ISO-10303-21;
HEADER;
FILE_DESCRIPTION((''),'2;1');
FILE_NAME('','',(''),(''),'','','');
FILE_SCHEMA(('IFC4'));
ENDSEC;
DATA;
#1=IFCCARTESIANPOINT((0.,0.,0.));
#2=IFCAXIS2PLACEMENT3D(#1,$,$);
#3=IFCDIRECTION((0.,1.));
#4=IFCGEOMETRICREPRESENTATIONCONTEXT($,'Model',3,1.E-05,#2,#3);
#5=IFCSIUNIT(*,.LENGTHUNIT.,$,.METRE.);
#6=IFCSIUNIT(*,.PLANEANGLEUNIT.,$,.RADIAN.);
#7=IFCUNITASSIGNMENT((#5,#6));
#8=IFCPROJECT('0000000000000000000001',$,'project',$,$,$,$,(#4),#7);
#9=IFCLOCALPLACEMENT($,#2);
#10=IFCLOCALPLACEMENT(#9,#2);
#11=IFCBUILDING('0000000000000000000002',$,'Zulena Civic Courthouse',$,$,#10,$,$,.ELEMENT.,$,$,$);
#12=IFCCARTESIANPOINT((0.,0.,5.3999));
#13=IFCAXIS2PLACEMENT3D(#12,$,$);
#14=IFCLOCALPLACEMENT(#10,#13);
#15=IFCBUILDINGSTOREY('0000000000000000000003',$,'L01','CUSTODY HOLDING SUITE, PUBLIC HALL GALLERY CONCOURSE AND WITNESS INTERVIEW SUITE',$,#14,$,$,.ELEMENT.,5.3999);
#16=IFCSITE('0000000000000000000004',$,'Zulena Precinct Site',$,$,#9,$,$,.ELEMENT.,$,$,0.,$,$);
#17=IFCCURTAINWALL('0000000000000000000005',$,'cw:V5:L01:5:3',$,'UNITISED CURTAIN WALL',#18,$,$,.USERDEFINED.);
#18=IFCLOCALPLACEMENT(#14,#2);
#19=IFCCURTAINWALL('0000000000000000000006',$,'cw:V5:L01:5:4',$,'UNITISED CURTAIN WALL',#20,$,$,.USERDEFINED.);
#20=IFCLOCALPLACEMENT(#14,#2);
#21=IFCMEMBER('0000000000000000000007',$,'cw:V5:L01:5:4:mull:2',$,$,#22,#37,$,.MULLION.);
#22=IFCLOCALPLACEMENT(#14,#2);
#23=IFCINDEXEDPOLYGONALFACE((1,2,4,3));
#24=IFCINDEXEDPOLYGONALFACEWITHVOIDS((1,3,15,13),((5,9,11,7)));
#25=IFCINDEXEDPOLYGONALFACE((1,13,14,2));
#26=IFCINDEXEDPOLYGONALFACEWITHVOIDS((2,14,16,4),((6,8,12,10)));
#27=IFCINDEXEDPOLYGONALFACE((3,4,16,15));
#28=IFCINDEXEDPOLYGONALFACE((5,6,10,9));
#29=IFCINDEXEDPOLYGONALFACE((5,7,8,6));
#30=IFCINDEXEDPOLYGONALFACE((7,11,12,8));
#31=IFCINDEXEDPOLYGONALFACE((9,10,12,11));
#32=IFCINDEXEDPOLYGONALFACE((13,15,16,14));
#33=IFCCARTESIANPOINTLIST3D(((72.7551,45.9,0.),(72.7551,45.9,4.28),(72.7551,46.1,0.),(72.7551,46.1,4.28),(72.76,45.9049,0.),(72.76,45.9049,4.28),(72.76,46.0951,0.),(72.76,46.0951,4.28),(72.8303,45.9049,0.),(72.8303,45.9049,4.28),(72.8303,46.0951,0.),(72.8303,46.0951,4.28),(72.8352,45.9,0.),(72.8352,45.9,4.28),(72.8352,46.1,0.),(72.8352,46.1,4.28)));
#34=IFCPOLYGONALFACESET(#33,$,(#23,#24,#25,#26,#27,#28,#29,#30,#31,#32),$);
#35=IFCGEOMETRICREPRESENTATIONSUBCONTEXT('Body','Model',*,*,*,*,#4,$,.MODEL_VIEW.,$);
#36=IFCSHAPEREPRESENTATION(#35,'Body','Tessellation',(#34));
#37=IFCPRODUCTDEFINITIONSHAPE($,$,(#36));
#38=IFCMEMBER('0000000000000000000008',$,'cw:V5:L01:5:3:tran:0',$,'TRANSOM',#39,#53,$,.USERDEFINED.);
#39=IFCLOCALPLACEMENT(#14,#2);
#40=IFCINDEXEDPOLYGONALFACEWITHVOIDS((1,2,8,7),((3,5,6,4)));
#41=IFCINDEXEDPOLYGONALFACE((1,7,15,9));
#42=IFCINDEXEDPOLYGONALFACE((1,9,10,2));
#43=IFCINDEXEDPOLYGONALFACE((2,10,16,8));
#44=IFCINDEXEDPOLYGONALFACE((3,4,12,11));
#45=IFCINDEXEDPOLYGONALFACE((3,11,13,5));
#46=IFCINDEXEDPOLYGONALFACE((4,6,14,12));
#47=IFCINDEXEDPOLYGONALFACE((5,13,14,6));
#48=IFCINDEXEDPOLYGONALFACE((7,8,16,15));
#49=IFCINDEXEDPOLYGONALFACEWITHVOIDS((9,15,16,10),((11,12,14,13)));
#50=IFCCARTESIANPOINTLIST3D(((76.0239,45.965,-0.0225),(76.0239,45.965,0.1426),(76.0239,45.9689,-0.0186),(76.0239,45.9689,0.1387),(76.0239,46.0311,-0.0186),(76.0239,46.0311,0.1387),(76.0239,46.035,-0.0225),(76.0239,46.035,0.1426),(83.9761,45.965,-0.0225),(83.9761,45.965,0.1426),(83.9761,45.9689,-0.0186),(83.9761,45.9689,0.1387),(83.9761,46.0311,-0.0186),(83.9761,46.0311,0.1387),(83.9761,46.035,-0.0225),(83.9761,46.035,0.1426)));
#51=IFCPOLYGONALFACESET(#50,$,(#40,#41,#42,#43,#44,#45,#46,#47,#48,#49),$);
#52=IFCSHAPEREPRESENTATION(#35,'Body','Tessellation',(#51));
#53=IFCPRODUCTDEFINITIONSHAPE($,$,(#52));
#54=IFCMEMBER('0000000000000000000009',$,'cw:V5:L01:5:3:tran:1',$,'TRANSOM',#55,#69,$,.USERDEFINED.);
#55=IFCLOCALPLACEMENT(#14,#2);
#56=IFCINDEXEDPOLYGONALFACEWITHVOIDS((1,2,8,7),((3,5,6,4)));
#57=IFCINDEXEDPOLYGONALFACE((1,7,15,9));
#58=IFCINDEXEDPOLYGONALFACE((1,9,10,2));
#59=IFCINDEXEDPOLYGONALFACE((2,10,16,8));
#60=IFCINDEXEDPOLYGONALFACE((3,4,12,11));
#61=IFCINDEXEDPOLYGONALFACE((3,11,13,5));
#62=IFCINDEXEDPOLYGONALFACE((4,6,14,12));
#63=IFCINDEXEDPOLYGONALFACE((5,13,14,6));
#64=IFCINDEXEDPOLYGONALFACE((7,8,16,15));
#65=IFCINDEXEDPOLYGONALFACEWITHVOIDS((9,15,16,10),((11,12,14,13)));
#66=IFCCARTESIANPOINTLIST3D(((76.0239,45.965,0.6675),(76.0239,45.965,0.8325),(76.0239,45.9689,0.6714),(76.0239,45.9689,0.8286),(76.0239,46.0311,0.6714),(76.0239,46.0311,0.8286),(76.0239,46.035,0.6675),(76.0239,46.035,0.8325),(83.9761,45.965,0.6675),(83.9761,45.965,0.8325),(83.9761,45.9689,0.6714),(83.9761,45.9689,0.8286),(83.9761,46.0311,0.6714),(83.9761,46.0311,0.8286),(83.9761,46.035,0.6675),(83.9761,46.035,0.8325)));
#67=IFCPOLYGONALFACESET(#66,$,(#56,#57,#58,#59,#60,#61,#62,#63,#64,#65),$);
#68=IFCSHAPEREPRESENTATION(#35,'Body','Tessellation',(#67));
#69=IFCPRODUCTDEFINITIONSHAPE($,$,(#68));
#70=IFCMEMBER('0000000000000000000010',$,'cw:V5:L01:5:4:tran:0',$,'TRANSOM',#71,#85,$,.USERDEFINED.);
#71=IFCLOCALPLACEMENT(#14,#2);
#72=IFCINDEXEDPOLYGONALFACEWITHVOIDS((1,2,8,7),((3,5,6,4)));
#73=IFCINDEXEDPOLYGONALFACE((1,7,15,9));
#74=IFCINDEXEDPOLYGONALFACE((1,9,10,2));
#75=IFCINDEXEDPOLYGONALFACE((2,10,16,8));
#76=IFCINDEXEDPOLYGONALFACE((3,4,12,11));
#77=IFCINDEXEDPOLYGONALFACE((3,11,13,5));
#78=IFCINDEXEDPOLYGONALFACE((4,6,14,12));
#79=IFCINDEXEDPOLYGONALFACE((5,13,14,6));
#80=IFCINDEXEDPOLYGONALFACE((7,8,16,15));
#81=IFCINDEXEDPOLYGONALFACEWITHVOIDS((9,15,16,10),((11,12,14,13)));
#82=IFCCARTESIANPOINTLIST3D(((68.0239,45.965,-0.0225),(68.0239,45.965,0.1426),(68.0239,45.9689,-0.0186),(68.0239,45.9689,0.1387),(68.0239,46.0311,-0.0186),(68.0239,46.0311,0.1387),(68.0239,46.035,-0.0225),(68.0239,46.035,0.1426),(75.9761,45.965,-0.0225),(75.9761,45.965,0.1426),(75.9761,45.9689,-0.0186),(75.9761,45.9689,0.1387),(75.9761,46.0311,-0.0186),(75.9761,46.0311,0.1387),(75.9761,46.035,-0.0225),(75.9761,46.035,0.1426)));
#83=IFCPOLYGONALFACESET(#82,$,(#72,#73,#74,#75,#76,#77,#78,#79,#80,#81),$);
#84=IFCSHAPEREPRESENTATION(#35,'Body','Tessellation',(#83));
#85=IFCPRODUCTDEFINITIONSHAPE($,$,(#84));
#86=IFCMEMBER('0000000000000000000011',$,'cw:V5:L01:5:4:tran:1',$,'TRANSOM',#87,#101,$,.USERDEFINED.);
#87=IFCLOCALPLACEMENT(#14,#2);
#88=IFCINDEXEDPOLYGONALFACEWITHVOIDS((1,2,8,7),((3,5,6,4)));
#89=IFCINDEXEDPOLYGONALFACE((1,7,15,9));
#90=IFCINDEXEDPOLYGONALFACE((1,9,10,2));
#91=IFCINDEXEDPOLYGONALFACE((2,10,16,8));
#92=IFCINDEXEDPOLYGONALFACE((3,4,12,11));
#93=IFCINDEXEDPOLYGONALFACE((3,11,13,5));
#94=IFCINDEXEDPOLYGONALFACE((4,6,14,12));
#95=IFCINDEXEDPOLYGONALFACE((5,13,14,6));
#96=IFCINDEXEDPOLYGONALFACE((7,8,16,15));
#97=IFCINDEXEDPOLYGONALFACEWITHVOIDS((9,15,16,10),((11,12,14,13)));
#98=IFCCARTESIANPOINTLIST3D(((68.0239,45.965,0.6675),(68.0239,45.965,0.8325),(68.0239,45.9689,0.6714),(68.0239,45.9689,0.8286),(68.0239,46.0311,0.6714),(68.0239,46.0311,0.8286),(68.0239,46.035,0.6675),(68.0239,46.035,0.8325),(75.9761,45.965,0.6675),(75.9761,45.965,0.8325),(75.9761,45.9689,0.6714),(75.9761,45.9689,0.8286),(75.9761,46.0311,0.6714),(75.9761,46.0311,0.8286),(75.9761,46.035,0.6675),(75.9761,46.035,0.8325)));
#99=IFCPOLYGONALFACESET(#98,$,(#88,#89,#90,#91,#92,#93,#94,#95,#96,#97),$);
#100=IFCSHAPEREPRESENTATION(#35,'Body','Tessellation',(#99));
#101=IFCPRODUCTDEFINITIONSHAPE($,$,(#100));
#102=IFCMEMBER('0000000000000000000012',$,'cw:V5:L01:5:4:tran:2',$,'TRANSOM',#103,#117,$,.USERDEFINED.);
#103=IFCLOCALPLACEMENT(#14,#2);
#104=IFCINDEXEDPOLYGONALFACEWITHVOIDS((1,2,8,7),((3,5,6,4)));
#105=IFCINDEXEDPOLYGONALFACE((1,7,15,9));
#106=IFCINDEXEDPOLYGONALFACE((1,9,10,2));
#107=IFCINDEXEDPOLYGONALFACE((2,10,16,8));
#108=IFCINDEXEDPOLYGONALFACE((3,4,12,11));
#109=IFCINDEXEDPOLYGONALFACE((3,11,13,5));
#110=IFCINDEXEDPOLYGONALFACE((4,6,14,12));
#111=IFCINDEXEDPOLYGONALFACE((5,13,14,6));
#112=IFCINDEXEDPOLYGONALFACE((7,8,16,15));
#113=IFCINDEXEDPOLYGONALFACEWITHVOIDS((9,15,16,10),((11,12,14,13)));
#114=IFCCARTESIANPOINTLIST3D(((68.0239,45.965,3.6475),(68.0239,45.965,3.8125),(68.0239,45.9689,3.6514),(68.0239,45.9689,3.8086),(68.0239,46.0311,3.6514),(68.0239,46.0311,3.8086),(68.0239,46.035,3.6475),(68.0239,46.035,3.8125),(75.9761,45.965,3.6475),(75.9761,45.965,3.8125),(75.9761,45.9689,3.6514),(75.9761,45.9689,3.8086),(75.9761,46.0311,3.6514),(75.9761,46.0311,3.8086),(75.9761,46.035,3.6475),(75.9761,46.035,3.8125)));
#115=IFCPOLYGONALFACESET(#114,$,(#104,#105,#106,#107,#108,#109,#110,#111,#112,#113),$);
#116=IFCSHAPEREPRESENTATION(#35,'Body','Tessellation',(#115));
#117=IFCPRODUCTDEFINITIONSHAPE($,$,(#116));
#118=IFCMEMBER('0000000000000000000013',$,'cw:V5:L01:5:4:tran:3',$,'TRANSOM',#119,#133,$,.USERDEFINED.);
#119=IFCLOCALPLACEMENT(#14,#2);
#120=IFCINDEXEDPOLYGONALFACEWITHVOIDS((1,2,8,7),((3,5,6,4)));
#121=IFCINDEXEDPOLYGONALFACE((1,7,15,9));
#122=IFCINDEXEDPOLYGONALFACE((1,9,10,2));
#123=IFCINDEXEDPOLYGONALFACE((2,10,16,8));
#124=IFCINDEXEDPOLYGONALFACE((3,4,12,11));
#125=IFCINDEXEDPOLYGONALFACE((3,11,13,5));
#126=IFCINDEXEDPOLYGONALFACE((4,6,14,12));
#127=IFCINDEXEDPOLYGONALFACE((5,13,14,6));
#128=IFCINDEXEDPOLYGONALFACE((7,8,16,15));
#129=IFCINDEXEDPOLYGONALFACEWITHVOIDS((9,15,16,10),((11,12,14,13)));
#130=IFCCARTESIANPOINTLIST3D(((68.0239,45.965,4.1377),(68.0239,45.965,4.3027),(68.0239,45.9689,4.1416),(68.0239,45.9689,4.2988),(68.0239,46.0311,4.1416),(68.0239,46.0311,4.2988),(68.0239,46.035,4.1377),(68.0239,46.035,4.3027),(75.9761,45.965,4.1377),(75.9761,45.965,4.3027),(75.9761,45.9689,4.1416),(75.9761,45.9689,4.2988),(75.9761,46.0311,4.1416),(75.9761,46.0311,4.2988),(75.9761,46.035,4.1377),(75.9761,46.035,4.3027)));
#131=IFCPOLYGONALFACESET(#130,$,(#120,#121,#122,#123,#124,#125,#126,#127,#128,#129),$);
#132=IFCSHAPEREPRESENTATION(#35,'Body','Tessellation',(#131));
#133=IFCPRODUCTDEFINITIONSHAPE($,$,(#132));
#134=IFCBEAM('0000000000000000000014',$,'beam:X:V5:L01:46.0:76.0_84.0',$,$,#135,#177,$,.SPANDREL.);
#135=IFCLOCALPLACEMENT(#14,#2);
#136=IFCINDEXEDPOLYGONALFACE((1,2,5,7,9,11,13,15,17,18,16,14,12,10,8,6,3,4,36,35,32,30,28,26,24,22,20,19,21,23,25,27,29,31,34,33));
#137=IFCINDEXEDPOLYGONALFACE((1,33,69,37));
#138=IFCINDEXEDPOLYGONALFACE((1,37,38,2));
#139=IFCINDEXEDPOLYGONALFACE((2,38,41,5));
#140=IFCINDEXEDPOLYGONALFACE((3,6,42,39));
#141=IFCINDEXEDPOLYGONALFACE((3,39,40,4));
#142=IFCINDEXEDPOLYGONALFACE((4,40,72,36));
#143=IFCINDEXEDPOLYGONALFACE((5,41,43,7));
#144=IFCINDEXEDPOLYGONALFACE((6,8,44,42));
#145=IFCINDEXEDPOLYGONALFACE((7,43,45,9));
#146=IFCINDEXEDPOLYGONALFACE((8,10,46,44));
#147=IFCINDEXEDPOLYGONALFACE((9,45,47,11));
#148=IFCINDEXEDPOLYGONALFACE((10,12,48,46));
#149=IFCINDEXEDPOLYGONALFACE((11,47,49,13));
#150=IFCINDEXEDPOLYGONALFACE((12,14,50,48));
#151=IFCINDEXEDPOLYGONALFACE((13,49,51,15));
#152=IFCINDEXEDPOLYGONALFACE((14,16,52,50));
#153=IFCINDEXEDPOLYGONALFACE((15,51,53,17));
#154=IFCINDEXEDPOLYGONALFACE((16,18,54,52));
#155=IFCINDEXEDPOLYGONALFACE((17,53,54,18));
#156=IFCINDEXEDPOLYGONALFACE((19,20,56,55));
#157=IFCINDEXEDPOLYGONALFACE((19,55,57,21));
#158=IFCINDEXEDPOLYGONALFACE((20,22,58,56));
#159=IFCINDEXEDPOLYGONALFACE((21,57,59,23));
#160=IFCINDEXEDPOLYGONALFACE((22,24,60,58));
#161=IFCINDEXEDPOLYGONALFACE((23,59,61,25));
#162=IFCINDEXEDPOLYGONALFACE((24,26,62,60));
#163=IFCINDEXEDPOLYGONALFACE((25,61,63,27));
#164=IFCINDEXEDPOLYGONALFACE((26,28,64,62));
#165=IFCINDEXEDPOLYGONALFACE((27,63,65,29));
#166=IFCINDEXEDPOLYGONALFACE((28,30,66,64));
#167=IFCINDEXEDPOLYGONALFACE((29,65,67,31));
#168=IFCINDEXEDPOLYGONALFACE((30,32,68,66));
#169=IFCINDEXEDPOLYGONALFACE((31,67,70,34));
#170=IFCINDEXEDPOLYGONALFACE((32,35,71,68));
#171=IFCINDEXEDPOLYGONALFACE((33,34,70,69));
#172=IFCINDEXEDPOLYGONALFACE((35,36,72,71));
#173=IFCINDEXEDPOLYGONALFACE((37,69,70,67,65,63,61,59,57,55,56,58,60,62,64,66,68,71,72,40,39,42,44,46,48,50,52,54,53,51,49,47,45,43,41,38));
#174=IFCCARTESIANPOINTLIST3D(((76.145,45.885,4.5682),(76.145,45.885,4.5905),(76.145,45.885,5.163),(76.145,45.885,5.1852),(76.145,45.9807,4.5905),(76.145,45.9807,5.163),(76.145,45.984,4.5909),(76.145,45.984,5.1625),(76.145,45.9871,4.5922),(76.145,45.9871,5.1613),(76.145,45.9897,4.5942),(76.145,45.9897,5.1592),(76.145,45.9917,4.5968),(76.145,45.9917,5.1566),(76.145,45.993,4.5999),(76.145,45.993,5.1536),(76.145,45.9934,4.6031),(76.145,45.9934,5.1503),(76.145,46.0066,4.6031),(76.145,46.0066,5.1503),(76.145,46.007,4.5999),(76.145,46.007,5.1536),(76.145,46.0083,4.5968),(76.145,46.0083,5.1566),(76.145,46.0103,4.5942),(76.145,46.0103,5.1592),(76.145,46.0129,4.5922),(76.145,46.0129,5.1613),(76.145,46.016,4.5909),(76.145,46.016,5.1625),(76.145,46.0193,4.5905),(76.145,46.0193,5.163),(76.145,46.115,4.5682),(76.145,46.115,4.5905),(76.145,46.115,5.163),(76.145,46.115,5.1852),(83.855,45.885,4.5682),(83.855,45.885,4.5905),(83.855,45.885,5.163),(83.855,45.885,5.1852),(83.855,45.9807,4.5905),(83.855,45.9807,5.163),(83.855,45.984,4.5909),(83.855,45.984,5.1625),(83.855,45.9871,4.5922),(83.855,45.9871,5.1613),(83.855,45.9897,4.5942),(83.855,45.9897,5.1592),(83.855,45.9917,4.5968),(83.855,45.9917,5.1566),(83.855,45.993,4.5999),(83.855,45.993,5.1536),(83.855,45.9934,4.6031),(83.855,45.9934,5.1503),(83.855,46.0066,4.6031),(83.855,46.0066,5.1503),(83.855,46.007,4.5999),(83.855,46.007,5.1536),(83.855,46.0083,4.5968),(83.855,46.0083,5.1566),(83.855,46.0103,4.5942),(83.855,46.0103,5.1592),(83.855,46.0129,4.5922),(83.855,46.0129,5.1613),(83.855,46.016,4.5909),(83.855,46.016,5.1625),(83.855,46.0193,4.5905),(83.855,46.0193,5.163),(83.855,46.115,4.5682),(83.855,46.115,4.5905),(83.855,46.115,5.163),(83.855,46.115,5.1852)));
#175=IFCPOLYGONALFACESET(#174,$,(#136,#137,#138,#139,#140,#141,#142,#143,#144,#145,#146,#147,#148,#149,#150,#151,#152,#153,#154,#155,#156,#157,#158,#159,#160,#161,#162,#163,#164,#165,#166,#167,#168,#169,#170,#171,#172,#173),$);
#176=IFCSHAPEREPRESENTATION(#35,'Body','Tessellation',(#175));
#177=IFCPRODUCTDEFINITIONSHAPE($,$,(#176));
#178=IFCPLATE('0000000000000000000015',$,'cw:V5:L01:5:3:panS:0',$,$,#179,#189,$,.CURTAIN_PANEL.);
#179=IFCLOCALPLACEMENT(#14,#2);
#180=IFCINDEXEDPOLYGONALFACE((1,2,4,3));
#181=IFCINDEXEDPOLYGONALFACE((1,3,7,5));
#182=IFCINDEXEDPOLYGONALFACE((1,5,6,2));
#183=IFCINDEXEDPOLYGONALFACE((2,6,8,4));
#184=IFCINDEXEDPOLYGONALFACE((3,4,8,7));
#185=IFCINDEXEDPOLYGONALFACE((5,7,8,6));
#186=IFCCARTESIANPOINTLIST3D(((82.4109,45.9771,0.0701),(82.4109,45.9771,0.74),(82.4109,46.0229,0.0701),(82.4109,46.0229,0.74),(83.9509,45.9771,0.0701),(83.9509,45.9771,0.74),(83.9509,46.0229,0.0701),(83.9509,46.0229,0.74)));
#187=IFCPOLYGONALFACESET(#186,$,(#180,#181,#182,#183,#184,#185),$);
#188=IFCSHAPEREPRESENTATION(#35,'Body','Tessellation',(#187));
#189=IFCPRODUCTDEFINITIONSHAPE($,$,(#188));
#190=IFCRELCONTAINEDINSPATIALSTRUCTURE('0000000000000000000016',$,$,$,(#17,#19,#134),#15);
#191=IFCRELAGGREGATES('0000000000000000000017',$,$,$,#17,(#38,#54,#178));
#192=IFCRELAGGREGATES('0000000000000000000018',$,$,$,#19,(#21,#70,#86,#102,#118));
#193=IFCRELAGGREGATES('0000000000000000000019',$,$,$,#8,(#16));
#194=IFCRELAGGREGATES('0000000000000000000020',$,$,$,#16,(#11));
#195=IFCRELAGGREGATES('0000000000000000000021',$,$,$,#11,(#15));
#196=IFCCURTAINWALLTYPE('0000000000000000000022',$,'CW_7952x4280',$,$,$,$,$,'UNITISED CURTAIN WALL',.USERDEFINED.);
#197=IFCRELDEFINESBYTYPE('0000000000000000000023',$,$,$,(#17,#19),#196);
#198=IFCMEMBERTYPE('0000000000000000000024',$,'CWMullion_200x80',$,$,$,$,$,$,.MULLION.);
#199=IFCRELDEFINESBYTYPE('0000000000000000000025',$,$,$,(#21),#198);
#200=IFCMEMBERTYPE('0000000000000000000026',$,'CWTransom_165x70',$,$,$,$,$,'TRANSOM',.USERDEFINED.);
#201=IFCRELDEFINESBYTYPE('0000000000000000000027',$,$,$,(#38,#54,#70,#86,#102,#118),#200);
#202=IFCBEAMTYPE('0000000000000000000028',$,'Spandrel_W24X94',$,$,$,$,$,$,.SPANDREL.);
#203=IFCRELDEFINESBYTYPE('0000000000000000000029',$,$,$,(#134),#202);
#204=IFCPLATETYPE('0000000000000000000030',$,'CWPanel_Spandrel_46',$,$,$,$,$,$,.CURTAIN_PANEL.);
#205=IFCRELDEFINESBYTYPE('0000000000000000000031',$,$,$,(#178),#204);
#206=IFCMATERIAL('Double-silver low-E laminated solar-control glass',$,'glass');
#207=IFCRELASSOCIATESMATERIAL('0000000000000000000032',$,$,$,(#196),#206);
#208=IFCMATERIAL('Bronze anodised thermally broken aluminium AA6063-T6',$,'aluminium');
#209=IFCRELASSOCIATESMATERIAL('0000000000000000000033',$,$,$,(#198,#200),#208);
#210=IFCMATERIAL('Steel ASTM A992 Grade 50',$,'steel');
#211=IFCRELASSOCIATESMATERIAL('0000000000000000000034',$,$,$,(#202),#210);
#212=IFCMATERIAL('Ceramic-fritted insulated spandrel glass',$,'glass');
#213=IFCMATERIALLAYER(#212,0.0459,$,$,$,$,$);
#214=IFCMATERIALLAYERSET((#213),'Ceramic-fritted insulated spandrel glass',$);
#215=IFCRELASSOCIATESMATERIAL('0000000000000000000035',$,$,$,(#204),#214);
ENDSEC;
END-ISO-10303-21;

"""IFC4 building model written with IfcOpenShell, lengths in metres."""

from ifc_helpers import new_model, si_unit, direction, frame, origin, origin_2d, place, context, subcontext, project, spatial, rectangle, hollow_rectangle, i_section, extrude, material, layer, layer_set, material_profile, profile_set, type_object, element, aggregate, save


model = new_model("IFC4")

# Units and contexts
model_context = context("Model", 3, precision=1e-05, world=origin(), true_north=direction((0.0, 1.0)))
body_context = subcontext(model_context, "Body", "Model", "MODEL_VIEW")
ifc_project = project(units=[si_unit("LENGTHUNIT", "METRE"), si_unit("PLANEANGLEUNIT", "RADIAN")], contexts=[model_context])

# Site, building, storey
site_placement = place(None, origin())
site = spatial("IfcSite", under=ifc_project, at=site_placement, Name="Zulena Precinct Site", CompositionType="ELEMENT", RefElevation=0.0)
building_placement = place(site_placement, origin())
building = spatial("IfcBuilding", under=site, at=building_placement, Name="Zulena Civic Courthouse", CompositionType="ELEMENT")
storey_placement = place(building_placement, frame((0.0, 0.0, 5.3999)))
storey = spatial("IfcBuildingStorey", under=building, at=storey_placement, Name="L01", Description="CUSTODY HOLDING SUITE, PUBLIC HALL GALLERY CONCOURSE AND WITNESS INTERVIEW SUITE", CompositionType="ELEMENT", Elevation=5.3999)

# Shared definitions
ifc_material_1 = material(Name="Steel ASTM A992 Grade 50", Category="steel")

# Curtain walls, member
ifc_material_2 = material(Name="Double-silver low-E laminated solar-control glass", Category="glass")
curtain_wall_type = type_object("IfcCurtainWallType", Name="CW_7952x4280", ElementType="UNITISED CURTAIN WALL", PredefinedType="USERDEFINED", material=ifc_material_2)
curtain_wall_1_placement = place(storey_placement, origin())
curtain_wall_1 = element("IfcCurtainWall", 1, at=curtain_wall_1_placement, inside=storey, type_object=curtain_wall_type, Name="cw:V5:L01:5:3", ObjectType="UNITISED CURTAIN WALL", PredefinedType="USERDEFINED")
ifc_material_3 = material(Name="Bronze anodised thermally broken aluminium AA6063-T6", Category="aluminium")
ifc_material_profile_1 = material_profile(ifc_material_3, hollow_rectangle(XDim=0.0801, YDim=0.2, WallThickness=0.0049, at=origin_2d()), Name="CWM200X80X5")
ifc_profile_set_1 = profile_set([ifc_material_profile_1], Name="Bronze anodised thermally broken aluminium AA6063-T6")
member_type_1 = type_object("IfcMemberType", Name="CWMullion_200x80", PredefinedType="MULLION", material=ifc_profile_set_1)
curtain_wall_2_placement = place(storey_placement, origin())
curtain_wall_2 = element("IfcCurtainWall", 2, at=curtain_wall_2_placement, inside=storey, type_object=curtain_wall_type, Name="cw:V5:L01:5:4", ObjectType="UNITISED CURTAIN WALL", PredefinedType="USERDEFINED")
member_1_placement = place(storey_placement, frame((72.7952, 46.0, 0.0), z_axis=(0.0, 0.0, 1.0), x_axis=(1.0, 0.0, 0.0)))
member_1 = element("IfcMember", 3, at=member_1_placement, type_object=member_type_1, Name="cw:V5:L01:5:4:mull:2", PredefinedType="MULLION", context=body_context, shape_type="SweptSolid", body=[
    extrude(hollow_rectangle(XDim=0.0801, YDim=0.2, WallThickness=0.0049, at=origin_2d()), origin(), (0.0, 0.0, 1.0), 4.28),
])

# Members
ifc_material_profile_2 = material_profile(ifc_material_3, hollow_rectangle(XDim=0.0701, YDim=0.165, WallThickness=0.0039, at=origin_2d()), Name="CWT165X70X4")
ifc_profile_set_2 = profile_set([ifc_material_profile_2], Name="Bronze anodised thermally broken aluminium AA6063-T6")
member_type_2 = type_object("IfcMemberType", Name="CWTransom_165x70", ElementType="TRANSOM", PredefinedType="USERDEFINED", material=ifc_profile_set_2)
member_2_placement = place(storey_placement, frame((83.9761, 46.0, 0.0601), z_axis=(-1.0, 0.0, 0.0), x_axis=(0.0, -1.0, 0.0)))
member_2 = element("IfcMember", 4, at=member_2_placement, type_object=member_type_2, Name="cw:V5:L01:5:3:tran:0", ObjectType="TRANSOM", PredefinedType="USERDEFINED", context=body_context, shape_type="SweptSolid", body=[
    extrude(hollow_rectangle(XDim=0.0701, YDim=0.165, WallThickness=0.0039, at=origin_2d()), origin(), (0.0, 0.0, 1.0), 7.9521),
])
member_3_placement = place(storey_placement, frame((83.9761, 46.0, 0.75), z_axis=(-1.0, 0.0, 0.0), x_axis=(0.0, -1.0, 0.0)))
member_3 = element("IfcMember", 5, at=member_3_placement, type_object=member_type_2, Name="cw:V5:L01:5:3:tran:1", ObjectType="TRANSOM", PredefinedType="USERDEFINED", context=body_context, shape_type="SweptSolid", body=[
    extrude(hollow_rectangle(XDim=0.0701, YDim=0.165, WallThickness=0.0039, at=origin_2d()), origin(), (0.0, 0.0, 1.0), 7.9521),
])
member_4_placement = place(storey_placement, frame((75.9761, 46.0, 0.0601), z_axis=(-1.0, 0.0, 0.0), x_axis=(0.0, -1.0, 0.0)))
member_4 = element("IfcMember", 6, at=member_4_placement, type_object=member_type_2, Name="cw:V5:L01:5:4:tran:0", ObjectType="TRANSOM", PredefinedType="USERDEFINED", context=body_context, shape_type="SweptSolid", body=[
    extrude(hollow_rectangle(XDim=0.0701, YDim=0.165, WallThickness=0.0039, at=origin_2d()), origin(), (0.0, 0.0, 1.0), 7.9521),
])
member_5_placement = place(storey_placement, frame((75.9761, 46.0, 0.75), z_axis=(-1.0, 0.0, 0.0), x_axis=(0.0, -1.0, 0.0)))
member_5 = element("IfcMember", 7, at=member_5_placement, type_object=member_type_2, Name="cw:V5:L01:5:4:tran:1", ObjectType="TRANSOM", PredefinedType="USERDEFINED", context=body_context, shape_type="SweptSolid", body=[
    extrude(hollow_rectangle(XDim=0.0701, YDim=0.165, WallThickness=0.0039, at=origin_2d()), origin(), (0.0, 0.0, 1.0), 7.9521),
])
member_6_placement = place(storey_placement, frame((75.9761, 46.0, 3.73), z_axis=(-1.0, 0.0, 0.0), x_axis=(0.0, -1.0, 0.0)))
member_6 = element("IfcMember", 8, at=member_6_placement, type_object=member_type_2, Name="cw:V5:L01:5:4:tran:2", ObjectType="TRANSOM", PredefinedType="USERDEFINED", context=body_context, shape_type="SweptSolid", body=[
    extrude(hollow_rectangle(XDim=0.0701, YDim=0.165, WallThickness=0.0039, at=origin_2d()), origin(), (0.0, 0.0, 1.0), 7.9521),
])
member_7_placement = place(storey_placement, frame((75.9761, 46.0, 4.2202), z_axis=(-1.0, 0.0, 0.0), x_axis=(0.0, -1.0, 0.0)))
member_7 = element("IfcMember", 9, at=member_7_placement, type_object=member_type_2, Name="cw:V5:L01:5:4:tran:3", ObjectType="TRANSOM", PredefinedType="USERDEFINED", context=body_context, shape_type="SweptSolid", body=[
    extrude(hollow_rectangle(XDim=0.0701, YDim=0.165, WallThickness=0.0039, at=origin_2d()), origin(), (0.0, 0.0, 1.0), 7.9521),
])

# Beam
ifc_material_profile_3 = material_profile(ifc_material_1, i_section(OverallWidth=0.23, OverallDepth=0.6169, WebThickness=0.0132, FlangeThickness=0.0222, FilletRadius=0.0127, at=origin_2d()), Name="W24X94")
ifc_profile_set_3 = profile_set([ifc_material_profile_3], Name="Steel ASTM A992 Grade 50")
beam_type = type_object("IfcBeamType", Name="Spandrel_W24X94", PredefinedType="SPANDREL", material=ifc_profile_set_3)
beam_placement = place(storey_placement, frame((76.145, 46.0, 4.8767), z_axis=(1.0, 0.0, 0.0), x_axis=(0.0, 1.0, 0.0)))
element("IfcBeam", 10, at=beam_placement, inside=storey, type_object=beam_type, Name="beam:X:V5:L01:46.0:76.0_84.0", PredefinedType="SPANDREL", context=body_context, shape_type="SweptSolid", body=[
    extrude(i_section(OverallWidth=0.23, OverallDepth=0.6169, WebThickness=0.0132, FlangeThickness=0.0222, FilletRadius=0.0127, at=origin_2d()), origin(), (0.0, 0.0, 1.0), 7.71),
])

# Plate
ifc_material_4 = material(Name="Ceramic-fritted insulated spandrel glass", Category="glass")
ifc_layer_1 = layer(ifc_material_4, 0.0459)
ifc_layer_set_1 = layer_set([ifc_layer_1], Name="Ceramic-fritted insulated spandrel glass")
plate_type_1 = type_object("IfcPlateType", Name="CWPanel_Spandrel_46", PredefinedType="CURTAIN_PANEL", material=ifc_layer_set_1)
plate_1_placement = place(storey_placement, frame((83.1809, 46.0, 0.0701), z_axis=(0.0, 0.0, 1.0), x_axis=(-1.0, 0.0, 0.0)))
plate_1 = element("IfcPlate", 11, at=plate_1_placement, type_object=plate_type_1, Name="cw:V5:L01:5:3:panS:0", PredefinedType="CURTAIN_PANEL", context=body_context, shape_type="SweptSolid", body=[
    extrude(rectangle(XDim=1.54, YDim=0.0459, at=origin_2d()), origin(), (0.0, 0.0, 1.0), 0.6699),
])
aggregate(curtain_wall_1, [member_2, member_3, plate_1])
aggregate(curtain_wall_2, [member_1, member_4, member_5, member_6, member_7])

save(model, "model.ifc")
